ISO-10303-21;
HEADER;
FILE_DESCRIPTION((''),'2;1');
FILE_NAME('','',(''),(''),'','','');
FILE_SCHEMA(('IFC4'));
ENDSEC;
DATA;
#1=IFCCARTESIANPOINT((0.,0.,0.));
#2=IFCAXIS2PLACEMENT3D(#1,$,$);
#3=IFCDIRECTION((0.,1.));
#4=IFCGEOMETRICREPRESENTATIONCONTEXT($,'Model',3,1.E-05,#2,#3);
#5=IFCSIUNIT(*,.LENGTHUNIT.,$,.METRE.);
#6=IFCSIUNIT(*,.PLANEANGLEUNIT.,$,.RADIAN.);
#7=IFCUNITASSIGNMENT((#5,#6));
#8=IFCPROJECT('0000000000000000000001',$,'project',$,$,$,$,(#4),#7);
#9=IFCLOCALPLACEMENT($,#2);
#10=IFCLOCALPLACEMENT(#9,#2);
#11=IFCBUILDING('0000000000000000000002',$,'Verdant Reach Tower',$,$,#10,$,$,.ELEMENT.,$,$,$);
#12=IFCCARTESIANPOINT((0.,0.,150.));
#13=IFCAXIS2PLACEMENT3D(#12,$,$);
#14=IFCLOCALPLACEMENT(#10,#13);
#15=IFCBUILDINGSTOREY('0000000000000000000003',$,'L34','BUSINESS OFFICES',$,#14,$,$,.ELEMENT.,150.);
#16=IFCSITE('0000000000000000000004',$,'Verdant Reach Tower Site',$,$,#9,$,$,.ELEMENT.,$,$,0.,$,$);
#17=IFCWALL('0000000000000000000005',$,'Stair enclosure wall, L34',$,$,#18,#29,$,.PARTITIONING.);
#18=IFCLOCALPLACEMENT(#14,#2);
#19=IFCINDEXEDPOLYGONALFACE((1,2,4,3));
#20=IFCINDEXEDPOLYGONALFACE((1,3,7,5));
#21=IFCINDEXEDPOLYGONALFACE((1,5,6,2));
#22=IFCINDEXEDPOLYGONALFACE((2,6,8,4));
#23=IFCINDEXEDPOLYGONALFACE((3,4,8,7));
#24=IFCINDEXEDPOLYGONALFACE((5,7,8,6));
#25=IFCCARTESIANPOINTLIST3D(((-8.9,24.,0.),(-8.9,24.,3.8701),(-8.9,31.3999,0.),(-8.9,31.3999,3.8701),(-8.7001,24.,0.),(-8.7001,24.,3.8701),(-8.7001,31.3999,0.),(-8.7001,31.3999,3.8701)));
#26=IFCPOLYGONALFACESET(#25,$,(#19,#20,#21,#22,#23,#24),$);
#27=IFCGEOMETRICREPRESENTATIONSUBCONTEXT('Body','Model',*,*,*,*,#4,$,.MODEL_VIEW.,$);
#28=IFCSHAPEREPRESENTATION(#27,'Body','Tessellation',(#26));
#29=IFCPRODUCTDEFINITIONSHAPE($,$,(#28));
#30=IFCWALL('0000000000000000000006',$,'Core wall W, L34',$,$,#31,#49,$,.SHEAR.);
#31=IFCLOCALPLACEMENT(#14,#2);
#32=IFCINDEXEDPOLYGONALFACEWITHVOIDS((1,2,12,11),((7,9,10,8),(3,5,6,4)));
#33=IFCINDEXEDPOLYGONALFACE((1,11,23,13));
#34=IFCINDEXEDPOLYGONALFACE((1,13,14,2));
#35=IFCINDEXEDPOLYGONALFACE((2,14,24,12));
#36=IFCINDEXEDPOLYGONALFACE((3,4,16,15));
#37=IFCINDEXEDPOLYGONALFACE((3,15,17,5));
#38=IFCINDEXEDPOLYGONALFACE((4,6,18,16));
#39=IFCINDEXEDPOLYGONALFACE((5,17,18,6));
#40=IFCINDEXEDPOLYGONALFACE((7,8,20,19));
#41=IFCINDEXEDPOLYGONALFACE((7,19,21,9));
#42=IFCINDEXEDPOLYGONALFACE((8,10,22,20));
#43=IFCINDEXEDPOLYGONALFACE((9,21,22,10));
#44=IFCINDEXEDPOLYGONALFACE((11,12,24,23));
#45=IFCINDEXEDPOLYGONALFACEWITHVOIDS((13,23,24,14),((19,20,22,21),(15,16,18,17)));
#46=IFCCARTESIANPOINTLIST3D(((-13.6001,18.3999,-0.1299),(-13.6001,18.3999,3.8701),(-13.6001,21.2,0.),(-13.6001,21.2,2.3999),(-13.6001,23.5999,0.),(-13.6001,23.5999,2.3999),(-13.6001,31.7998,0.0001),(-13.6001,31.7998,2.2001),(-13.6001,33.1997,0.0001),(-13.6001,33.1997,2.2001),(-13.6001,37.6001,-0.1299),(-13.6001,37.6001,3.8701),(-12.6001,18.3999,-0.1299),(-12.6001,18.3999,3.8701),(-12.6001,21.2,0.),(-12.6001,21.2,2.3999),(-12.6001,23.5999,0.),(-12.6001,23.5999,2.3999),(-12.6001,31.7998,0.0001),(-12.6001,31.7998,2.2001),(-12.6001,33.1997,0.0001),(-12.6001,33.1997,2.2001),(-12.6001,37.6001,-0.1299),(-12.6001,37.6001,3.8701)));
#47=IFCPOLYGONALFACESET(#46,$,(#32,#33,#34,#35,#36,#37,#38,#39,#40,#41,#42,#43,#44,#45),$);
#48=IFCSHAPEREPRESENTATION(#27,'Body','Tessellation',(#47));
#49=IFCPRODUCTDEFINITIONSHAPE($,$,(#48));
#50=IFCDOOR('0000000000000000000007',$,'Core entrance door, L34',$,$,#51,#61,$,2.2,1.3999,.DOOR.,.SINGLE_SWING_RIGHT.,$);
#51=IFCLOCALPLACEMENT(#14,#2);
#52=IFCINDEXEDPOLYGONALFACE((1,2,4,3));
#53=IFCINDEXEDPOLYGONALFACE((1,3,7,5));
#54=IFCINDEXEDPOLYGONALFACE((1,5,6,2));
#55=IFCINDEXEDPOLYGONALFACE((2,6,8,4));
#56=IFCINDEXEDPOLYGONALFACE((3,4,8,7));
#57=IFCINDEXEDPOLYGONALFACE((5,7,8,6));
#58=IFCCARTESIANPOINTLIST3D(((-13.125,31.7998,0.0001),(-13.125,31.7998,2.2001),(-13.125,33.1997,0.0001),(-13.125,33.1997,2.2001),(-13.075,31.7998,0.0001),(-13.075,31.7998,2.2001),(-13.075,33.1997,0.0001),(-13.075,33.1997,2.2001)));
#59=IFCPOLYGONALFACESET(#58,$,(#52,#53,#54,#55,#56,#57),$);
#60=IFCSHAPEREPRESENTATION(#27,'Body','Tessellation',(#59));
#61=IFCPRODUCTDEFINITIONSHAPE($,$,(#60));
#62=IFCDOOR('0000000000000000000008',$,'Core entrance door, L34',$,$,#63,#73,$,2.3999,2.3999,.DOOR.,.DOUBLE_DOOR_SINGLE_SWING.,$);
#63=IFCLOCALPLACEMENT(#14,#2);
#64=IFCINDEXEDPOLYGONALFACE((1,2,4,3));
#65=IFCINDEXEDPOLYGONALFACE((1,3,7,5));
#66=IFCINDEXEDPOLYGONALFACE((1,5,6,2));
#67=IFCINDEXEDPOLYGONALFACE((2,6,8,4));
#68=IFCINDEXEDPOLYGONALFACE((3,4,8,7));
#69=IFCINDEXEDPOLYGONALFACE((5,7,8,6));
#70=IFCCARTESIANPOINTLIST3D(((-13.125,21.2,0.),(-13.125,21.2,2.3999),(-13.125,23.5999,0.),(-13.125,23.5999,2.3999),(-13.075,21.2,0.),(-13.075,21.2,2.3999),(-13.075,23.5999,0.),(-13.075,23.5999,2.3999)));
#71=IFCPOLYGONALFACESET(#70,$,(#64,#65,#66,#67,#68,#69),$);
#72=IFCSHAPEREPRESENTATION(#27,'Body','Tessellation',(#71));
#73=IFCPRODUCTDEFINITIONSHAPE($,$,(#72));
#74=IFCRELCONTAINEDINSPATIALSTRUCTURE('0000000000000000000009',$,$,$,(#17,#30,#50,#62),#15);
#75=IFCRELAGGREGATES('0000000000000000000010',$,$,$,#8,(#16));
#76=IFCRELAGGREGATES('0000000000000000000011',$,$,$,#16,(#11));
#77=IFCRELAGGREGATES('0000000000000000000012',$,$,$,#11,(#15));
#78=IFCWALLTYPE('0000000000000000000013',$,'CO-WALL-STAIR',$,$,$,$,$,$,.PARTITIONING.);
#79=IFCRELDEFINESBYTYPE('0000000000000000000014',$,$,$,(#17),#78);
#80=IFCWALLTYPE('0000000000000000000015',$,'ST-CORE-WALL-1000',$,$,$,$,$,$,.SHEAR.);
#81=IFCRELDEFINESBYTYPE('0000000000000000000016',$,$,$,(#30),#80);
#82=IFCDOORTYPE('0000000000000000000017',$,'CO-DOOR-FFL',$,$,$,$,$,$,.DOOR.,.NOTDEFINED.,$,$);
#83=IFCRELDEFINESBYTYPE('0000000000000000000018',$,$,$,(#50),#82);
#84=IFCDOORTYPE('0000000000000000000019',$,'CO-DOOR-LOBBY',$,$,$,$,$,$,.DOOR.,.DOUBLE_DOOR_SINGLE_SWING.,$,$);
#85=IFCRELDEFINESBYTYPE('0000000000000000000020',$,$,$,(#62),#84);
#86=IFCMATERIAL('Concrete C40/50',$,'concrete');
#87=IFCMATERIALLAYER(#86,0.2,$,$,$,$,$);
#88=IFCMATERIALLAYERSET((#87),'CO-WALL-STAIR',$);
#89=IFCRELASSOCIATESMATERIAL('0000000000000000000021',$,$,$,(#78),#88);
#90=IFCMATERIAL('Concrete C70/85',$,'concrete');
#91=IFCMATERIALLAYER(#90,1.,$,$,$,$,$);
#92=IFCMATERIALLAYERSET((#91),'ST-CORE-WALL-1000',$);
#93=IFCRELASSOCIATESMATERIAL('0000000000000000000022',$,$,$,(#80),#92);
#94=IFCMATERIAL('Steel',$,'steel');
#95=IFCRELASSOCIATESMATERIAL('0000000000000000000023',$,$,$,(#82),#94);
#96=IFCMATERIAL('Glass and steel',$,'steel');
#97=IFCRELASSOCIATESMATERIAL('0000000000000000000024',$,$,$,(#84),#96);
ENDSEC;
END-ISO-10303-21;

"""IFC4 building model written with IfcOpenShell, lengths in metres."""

from ifc_helpers import new_model, si_unit, direction, frame, frame_2d, origin, place, context, subcontext, project, spatial, rectangle, extrude, material, layer, layer_set, type_object, element, fill, save


model = new_model("IFC4")

# Units and contexts
model_context = context("Model", 3, precision=1e-05, world=origin(), true_north=direction((0.0, 1.0)))
body_context = subcontext(model_context, "Body", "Model", "MODEL_VIEW")
ifc_project = project(units=[si_unit("LENGTHUNIT", "METRE"), si_unit("PLANEANGLEUNIT", "RADIAN")], contexts=[model_context])

# Site, building, storey
site_placement = place(None, origin())
site = spatial("IfcSite", under=ifc_project, at=site_placement, Name="Verdant Reach Tower Site", CompositionType="ELEMENT", RefElevation=0.0)
building_placement = place(site_placement, origin())
building = spatial("IfcBuilding", under=site, at=building_placement, Name="Verdant Reach Tower", CompositionType="ELEMENT")
storey_placement = place(building_placement, frame((0.0, 0.0, 150.0)))
storey = spatial("IfcBuildingStorey", under=building, at=storey_placement, Name="L34", Description="BUSINESS OFFICES", CompositionType="ELEMENT", Elevation=150.0)

# Shared definitions
ifc_material_1 = material(Name="Concrete C40/50", Category="concrete")
ifc_layer_1 = layer(ifc_material_1, 0.2)
ifc_layer_set_1 = layer_set([ifc_layer_1], Name="CO-WALL-STAIR")
wall_type_1 = type_object("IfcWallType", Name="CO-WALL-STAIR", PredefinedType="PARTITIONING", material=ifc_layer_set_1)

# Wall
wall_1_placement = place(storey_placement, frame((-8.8, 24.0, 0.0), z_axis=(0.0, 0.0, 1.0), x_axis=(0.0, 1.0, 0.0)))
element("IfcWall", 1, at=wall_1_placement, inside=storey, type_object=wall_type_1, Name="Stair enclosure wall, L34", PredefinedType="PARTITIONING", context=body_context, shape_type="SweptSolid", body=[
    extrude(rectangle(XDim=7.3999, YDim=0.2, at=frame_2d((3.7, 0.0))), origin(), (0.0, 0.0, 1.0), 3.8701),
])

# Wall, openings, doors
ifc_material_2 = material(Name="Concrete C70/85", Category="concrete")
ifc_layer_2 = layer(ifc_material_2, 1.0)
ifc_layer_set_2 = layer_set([ifc_layer_2], Name="ST-CORE-WALL-1000")
wall_type_2 = type_object("IfcWallType", Name="ST-CORE-WALL-1000", PredefinedType="SHEAR", material=ifc_layer_set_2)
wall_2_placement = place(storey_placement, frame((-13.1001, 18.3999, -0.1299), z_axis=(0.0, 0.0, 1.0), x_axis=(0.0, 1.0, 0.0)))
wall_2 = element("IfcWall", 2, at=wall_2_placement, inside=storey, type_object=wall_type_2, Name="Core wall W, L34", PredefinedType="SHEAR", context=body_context, shape_type="SweptSolid", body=[
    extrude(rectangle(XDim=19.2002, YDim=1.0, at=frame_2d((9.6001, 0.0))), origin(), (0.0, 0.0, 1.0), 4.0),
])
opening_1_placement = place(wall_2_placement, frame((2.8, 0.0, 0.1299)))
opening_1 = element("IfcOpeningElement", 3, at=opening_1_placement, cuts=wall_2, PredefinedType="OPENING", context=body_context, shape_type="SweptSolid", body=[
    extrude(rectangle(XDim=2.3999, YDim=2.3999, at=frame_2d((1.2, 1.2))), frame((0.0, 0.51, 0.0), z_axis=(0.0, -1.0, 0.0), x_axis=(1.0, 0.0, 0.0)), (0.0, 0.0, 1.0), 1.02),
])
opening_2_placement = place(wall_2_placement, frame((13.3999, 0.0, 0.1299)))
opening_2 = element("IfcOpeningElement", 4, at=opening_2_placement, cuts=wall_2, PredefinedType="OPENING", context=body_context, shape_type="SweptSolid", body=[
    extrude(rectangle(XDim=1.3999, YDim=2.2, at=frame_2d((0.7, 1.1001))), frame((0.0, 0.51, 0.0), z_axis=(0.0, -1.0, 0.0), x_axis=(1.0, 0.0, 0.0)), (0.0, 0.0, 1.0), 1.02),
])
ifc_material_3 = material(Name="Steel", Category="steel")
door_type_1 = type_object("IfcDoorType", Name="CO-DOOR-FFL", OperationType="NOTDEFINED", PredefinedType="DOOR", material=ifc_material_3)
door_1_placement = place(opening_2_placement, origin())
door_1 = element("IfcDoor", 5, at=door_1_placement, inside=storey, type_object=door_type_1, Name="Core entrance door, L34", OperationType="SINGLE_SWING_RIGHT", OverallHeight=2.2, OverallWidth=1.3999, PredefinedType="DOOR", context=body_context, shape_type="SweptSolid", body=[
    extrude(rectangle(XDim=1.3999, YDim=2.2, at=frame_2d((0.7, 1.1001))), frame((0.0, 0.0249, 0.0), z_axis=(0.0, -1.0, 0.0), x_axis=(1.0, 0.0, 0.0)), (0.0, 0.0, 1.0), 0.05),
])
fill(opening_2, door_1)
ifc_material_4 = material(Name="Glass and steel", Category="steel")
door_type_2 = type_object("IfcDoorType", Name="CO-DOOR-LOBBY", OperationType="DOUBLE_DOOR_SINGLE_SWING", PredefinedType="DOOR", material=ifc_material_4)
door_2_placement = place(opening_1_placement, origin())
door_2 = element("IfcDoor", 6, at=door_2_placement, inside=storey, type_object=door_type_2, Name="Core entrance door, L34", OperationType="DOUBLE_DOOR_SINGLE_SWING", OverallHeight=2.3999, OverallWidth=2.3999, PredefinedType="DOOR", context=body_context, shape_type="SweptSolid", body=[
    extrude(rectangle(XDim=2.3999, YDim=2.3999, at=frame_2d((1.2, 1.2))), frame((0.0, 0.0249, 0.0), z_axis=(0.0, -1.0, 0.0), x_axis=(1.0, 0.0, 0.0)), (0.0, 0.0, 1.0), 0.05),
])
fill(opening_1, door_2)

save(model, "model.ifc")
